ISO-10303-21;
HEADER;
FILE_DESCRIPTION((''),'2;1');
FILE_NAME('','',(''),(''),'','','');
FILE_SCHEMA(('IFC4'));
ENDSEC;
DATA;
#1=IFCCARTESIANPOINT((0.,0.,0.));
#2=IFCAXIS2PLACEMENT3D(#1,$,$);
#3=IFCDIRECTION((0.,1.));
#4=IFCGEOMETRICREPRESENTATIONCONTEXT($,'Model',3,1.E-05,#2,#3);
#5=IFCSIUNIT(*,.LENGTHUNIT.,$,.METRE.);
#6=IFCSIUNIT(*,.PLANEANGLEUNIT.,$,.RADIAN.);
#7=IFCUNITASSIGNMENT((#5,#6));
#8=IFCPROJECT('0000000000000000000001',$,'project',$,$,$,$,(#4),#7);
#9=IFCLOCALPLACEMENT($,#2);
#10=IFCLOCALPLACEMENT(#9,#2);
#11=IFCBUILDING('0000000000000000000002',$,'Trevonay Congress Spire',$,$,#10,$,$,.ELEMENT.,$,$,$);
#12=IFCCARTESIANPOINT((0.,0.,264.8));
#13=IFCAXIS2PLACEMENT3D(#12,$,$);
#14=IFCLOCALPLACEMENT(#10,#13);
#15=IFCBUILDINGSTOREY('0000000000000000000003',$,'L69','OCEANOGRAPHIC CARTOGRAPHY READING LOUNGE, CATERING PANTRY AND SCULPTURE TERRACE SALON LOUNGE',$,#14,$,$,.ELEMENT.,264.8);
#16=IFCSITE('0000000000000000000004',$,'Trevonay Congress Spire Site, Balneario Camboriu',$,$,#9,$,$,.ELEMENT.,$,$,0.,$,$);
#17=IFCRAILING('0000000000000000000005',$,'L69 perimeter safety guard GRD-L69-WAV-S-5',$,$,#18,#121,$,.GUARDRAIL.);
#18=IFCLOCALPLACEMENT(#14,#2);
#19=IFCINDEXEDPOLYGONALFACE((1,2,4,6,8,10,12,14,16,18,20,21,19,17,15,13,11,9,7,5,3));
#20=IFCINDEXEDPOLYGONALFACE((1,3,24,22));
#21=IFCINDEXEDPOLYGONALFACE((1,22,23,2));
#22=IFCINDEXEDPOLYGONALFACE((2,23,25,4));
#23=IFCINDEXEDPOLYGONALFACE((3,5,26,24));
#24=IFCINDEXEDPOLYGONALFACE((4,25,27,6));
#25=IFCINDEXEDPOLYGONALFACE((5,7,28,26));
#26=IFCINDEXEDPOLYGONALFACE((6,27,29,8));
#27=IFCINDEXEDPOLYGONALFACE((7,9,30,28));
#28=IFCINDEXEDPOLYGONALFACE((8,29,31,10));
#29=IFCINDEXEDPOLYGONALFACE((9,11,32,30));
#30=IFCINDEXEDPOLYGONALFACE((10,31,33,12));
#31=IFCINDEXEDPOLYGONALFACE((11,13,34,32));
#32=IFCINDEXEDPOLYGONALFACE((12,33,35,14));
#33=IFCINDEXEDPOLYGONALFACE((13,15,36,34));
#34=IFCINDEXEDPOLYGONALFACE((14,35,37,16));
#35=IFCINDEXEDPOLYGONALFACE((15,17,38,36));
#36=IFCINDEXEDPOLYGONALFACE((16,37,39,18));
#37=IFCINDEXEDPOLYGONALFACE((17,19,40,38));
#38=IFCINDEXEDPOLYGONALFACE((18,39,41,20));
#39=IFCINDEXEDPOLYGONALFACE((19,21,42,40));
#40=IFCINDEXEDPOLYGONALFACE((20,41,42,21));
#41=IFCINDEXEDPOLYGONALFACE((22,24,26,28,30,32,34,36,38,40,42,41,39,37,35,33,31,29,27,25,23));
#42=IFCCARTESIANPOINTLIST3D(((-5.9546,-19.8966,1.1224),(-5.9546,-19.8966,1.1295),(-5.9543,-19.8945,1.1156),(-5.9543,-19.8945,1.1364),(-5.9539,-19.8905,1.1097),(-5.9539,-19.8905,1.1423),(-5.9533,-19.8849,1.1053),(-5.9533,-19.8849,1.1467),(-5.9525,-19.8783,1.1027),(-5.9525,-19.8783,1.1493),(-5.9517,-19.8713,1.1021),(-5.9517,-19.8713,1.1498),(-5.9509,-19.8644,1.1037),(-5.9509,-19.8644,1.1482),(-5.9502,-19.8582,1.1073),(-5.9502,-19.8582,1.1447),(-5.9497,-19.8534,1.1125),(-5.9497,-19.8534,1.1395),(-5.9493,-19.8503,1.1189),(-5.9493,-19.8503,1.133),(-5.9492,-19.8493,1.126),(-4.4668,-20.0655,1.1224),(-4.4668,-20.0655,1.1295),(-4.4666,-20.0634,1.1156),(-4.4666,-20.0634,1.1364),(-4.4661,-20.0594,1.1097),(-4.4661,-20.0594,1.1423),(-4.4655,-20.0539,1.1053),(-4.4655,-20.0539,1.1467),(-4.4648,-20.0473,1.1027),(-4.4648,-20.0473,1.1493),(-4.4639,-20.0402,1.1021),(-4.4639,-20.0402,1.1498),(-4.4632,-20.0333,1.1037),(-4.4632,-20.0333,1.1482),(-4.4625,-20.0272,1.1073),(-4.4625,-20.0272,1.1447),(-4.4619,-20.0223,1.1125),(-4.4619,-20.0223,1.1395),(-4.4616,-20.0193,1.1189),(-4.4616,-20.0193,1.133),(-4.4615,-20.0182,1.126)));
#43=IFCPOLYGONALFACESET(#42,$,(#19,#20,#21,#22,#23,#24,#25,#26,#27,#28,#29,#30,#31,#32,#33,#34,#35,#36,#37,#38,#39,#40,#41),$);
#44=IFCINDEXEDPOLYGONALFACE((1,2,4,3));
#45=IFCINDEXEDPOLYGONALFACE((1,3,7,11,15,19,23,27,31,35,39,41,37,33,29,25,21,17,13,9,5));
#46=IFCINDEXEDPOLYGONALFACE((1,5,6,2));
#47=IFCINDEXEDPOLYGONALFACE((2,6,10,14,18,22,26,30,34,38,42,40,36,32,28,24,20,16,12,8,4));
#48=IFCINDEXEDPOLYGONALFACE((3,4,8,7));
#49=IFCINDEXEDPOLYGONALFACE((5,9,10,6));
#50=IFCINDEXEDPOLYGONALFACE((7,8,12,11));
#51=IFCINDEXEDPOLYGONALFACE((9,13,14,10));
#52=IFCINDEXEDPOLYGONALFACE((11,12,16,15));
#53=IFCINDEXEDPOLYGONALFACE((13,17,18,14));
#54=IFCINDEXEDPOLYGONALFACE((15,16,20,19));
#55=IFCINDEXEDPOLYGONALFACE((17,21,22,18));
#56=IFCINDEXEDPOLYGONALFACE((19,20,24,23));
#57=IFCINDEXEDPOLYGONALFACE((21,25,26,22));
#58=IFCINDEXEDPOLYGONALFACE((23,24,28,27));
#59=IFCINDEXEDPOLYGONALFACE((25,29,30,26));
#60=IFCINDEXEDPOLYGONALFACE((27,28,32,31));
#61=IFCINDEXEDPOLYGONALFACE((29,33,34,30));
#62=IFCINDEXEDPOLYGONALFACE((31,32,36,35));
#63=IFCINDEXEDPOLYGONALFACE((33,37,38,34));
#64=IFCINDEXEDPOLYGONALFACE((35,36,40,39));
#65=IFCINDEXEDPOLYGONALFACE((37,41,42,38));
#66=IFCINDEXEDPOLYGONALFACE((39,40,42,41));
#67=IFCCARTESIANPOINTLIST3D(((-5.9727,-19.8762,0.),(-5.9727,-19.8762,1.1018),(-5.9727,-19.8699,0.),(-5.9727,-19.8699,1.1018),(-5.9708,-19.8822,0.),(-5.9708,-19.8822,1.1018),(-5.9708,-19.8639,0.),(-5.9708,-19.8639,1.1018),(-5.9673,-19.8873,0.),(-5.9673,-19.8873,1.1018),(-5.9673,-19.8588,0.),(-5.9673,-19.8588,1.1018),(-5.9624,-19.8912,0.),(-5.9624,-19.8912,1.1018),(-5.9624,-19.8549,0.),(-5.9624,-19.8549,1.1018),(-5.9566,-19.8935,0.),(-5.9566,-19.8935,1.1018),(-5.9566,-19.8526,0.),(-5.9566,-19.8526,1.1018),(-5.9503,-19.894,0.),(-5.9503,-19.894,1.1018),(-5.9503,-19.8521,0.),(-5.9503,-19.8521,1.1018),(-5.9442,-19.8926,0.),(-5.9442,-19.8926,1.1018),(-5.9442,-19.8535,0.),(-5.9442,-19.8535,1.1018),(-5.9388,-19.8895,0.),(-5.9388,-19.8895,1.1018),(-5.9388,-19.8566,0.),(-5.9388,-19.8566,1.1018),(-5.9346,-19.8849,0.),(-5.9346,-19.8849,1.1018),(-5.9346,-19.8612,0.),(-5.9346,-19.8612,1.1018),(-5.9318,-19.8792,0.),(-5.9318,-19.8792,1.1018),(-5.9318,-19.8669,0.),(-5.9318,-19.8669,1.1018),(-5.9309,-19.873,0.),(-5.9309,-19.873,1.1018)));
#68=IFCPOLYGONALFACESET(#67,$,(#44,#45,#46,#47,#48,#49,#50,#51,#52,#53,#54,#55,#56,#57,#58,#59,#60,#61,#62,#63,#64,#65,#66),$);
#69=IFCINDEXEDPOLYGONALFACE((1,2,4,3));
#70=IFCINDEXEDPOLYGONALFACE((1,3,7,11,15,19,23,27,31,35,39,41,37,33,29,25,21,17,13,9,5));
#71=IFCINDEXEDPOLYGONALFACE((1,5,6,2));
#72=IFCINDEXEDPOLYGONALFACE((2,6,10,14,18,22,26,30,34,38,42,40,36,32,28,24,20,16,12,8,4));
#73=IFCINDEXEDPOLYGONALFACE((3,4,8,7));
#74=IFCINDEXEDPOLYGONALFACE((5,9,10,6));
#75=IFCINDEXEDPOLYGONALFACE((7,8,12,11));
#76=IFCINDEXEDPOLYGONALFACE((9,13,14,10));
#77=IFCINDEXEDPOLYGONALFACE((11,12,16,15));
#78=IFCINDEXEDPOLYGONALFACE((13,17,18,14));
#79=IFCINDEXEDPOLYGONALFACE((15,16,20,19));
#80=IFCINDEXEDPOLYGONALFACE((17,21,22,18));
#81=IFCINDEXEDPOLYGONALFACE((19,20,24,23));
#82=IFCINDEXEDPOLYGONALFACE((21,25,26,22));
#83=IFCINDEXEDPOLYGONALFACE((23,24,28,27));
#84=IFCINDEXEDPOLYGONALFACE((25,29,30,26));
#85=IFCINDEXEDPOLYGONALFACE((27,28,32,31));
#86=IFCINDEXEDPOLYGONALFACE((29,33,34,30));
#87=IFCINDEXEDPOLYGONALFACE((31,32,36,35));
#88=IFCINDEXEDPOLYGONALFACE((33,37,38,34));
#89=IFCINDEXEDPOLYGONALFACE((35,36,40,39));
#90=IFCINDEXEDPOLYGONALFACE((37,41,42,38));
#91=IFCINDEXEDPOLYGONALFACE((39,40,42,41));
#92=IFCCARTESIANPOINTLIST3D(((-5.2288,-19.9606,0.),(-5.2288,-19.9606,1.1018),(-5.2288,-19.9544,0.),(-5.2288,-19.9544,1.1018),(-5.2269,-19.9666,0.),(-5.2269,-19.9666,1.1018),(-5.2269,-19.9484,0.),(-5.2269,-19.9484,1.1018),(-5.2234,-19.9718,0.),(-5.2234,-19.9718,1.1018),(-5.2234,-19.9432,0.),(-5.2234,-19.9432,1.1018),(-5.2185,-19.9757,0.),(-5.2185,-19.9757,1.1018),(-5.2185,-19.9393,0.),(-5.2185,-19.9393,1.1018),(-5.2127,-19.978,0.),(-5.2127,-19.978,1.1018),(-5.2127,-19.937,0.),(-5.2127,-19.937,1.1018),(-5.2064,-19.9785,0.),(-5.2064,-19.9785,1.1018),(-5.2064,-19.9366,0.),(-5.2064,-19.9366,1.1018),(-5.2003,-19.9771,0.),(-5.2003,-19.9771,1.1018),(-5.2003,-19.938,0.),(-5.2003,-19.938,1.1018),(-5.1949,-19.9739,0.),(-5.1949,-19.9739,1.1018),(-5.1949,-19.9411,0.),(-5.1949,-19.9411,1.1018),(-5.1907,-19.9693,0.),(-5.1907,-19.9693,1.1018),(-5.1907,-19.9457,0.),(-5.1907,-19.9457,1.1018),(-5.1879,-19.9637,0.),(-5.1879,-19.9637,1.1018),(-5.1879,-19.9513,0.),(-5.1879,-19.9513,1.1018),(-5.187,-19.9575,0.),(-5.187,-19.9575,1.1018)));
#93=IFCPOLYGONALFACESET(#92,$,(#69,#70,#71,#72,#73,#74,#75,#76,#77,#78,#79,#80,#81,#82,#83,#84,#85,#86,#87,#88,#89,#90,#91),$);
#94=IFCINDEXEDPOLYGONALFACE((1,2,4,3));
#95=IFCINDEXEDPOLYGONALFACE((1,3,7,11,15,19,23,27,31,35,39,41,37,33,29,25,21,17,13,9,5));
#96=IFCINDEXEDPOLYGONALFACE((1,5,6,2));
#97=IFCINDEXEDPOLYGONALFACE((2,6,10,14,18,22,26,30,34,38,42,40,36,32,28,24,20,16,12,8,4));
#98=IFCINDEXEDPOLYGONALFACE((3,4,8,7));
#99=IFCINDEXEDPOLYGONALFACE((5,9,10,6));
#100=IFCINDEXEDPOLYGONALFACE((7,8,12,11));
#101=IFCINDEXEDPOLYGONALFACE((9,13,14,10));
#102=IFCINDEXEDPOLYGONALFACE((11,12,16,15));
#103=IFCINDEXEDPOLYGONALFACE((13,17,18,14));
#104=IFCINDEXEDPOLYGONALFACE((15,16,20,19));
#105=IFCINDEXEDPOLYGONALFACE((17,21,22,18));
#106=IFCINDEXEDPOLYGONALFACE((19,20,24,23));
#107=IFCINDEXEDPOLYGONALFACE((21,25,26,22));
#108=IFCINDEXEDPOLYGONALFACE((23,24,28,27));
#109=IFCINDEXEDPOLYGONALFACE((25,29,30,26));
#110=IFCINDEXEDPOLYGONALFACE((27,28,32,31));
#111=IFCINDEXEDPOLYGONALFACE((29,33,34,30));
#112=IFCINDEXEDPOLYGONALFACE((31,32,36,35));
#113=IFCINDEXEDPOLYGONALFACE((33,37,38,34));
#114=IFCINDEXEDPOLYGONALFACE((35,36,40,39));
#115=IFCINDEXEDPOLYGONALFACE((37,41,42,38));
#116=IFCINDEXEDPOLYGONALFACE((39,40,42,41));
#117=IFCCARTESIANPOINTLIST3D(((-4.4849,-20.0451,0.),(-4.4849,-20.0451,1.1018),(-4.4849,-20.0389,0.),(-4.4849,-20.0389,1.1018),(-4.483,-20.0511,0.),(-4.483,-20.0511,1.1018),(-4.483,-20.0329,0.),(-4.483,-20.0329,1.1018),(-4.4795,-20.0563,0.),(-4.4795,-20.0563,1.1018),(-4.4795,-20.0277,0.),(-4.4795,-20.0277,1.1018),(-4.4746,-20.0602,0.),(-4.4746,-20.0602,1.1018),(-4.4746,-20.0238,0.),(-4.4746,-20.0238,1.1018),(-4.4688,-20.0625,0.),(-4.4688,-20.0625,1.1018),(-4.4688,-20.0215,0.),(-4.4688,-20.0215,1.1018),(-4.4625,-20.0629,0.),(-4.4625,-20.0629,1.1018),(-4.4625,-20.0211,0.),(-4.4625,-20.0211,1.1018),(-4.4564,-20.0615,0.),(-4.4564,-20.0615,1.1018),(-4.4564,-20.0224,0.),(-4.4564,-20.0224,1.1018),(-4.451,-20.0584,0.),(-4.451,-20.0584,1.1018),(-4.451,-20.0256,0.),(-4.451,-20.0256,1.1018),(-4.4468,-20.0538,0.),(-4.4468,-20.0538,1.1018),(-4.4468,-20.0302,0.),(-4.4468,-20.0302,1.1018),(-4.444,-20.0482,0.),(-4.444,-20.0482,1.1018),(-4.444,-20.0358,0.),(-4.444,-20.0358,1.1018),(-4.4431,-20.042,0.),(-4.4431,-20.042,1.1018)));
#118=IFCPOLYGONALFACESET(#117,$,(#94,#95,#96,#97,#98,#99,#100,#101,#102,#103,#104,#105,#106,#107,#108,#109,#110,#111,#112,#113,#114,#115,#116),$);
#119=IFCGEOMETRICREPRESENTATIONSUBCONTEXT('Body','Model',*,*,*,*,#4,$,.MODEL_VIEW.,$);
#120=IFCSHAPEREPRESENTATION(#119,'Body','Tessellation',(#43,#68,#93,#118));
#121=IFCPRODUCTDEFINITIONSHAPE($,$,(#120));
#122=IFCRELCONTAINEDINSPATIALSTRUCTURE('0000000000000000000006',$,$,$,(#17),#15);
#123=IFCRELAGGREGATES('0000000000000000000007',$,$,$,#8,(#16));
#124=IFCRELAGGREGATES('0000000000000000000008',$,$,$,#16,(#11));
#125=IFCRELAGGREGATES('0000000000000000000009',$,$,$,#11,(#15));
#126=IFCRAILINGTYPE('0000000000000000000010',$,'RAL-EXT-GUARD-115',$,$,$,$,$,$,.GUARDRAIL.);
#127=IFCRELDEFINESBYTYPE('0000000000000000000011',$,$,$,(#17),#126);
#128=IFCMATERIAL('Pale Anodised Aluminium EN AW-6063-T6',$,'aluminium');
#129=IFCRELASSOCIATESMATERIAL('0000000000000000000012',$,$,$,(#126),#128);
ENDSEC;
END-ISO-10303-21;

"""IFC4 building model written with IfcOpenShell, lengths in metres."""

from ifc_helpers import new_model, si_unit, direction, frame, origin, origin_2d, place, context, subcontext, project, spatial, circle, extrude, material, type_object, element, save


model = new_model("IFC4")

# Units and contexts
model_context = context("Model", 3, precision=1e-05, world=origin(), true_north=direction((0.0, 1.0)))
body_context = subcontext(model_context, "Body", "Model", "MODEL_VIEW")
ifc_project = project(units=[si_unit("LENGTHUNIT", "METRE"), si_unit("PLANEANGLEUNIT", "RADIAN")], contexts=[model_context])

# Site, building, storey
site_placement = place(None, origin())
site = spatial("IfcSite", under=ifc_project, at=site_placement, Name="Trevonay Congress Spire Site, Balneario Camboriu", CompositionType="ELEMENT", RefElevation=0.0)
building_placement = place(site_placement, origin())
building = spatial("IfcBuilding", under=site, at=building_placement, Name="Trevonay Congress Spire", CompositionType="ELEMENT")
storey_placement = place(building_placement, frame((0.0, 0.0, 264.8)))
storey = spatial("IfcBuildingStorey", under=building, at=storey_placement, Name="L69", Description="OCEANOGRAPHIC CARTOGRAPHY READING LOUNGE, CATERING PANTRY AND SCULPTURE TERRACE SALON LOUNGE", CompositionType="ELEMENT", Elevation=264.8)

# Shared definitions
ifc_material_1 = material(Name="Pale Anodised Aluminium EN AW-6063-T6", Category="aluminium")

# Railing
railing_type = type_object("IfcRailingType", Name="RAL-EXT-GUARD-115", PredefinedType="GUARDRAIL", material=ifc_material_1)
railing_1_placement = place(storey_placement, frame((-5.9519, -19.873, 0.0)))
element("IfcRailing", 1, at=railing_1_placement, inside=storey, type_object=railing_type, Name="L69 perimeter safety guard GRD-L69-WAV-S-5", PredefinedType="GUARDRAIL", context=body_context, shape_type="SweptSolid", body=[
    extrude(circle(Radius=0.0239, at=origin_2d()), frame((0.0, 0.0, 1.126), z_axis=(0.993614, -0.112829, 0.0), x_axis=(0.112829, 0.993614, 0.0)), (0.0, 0.0, 1.0), 1.4973),
    extrude(circle(Radius=0.021, at=origin_2d()), origin(), (0.0, 0.0, 1.0), 1.1018),
    extrude(circle(Radius=0.021, at=origin_2d()), frame((0.7439, -0.0845, 0.0)), (0.0, 0.0, 1.0), 1.1018),
    extrude(circle(Radius=0.021, at=origin_2d()), frame((1.4878, -0.1689, 0.0)), (0.0, 0.0, 1.0), 1.1018),
])

save(model, "model.ifc")
